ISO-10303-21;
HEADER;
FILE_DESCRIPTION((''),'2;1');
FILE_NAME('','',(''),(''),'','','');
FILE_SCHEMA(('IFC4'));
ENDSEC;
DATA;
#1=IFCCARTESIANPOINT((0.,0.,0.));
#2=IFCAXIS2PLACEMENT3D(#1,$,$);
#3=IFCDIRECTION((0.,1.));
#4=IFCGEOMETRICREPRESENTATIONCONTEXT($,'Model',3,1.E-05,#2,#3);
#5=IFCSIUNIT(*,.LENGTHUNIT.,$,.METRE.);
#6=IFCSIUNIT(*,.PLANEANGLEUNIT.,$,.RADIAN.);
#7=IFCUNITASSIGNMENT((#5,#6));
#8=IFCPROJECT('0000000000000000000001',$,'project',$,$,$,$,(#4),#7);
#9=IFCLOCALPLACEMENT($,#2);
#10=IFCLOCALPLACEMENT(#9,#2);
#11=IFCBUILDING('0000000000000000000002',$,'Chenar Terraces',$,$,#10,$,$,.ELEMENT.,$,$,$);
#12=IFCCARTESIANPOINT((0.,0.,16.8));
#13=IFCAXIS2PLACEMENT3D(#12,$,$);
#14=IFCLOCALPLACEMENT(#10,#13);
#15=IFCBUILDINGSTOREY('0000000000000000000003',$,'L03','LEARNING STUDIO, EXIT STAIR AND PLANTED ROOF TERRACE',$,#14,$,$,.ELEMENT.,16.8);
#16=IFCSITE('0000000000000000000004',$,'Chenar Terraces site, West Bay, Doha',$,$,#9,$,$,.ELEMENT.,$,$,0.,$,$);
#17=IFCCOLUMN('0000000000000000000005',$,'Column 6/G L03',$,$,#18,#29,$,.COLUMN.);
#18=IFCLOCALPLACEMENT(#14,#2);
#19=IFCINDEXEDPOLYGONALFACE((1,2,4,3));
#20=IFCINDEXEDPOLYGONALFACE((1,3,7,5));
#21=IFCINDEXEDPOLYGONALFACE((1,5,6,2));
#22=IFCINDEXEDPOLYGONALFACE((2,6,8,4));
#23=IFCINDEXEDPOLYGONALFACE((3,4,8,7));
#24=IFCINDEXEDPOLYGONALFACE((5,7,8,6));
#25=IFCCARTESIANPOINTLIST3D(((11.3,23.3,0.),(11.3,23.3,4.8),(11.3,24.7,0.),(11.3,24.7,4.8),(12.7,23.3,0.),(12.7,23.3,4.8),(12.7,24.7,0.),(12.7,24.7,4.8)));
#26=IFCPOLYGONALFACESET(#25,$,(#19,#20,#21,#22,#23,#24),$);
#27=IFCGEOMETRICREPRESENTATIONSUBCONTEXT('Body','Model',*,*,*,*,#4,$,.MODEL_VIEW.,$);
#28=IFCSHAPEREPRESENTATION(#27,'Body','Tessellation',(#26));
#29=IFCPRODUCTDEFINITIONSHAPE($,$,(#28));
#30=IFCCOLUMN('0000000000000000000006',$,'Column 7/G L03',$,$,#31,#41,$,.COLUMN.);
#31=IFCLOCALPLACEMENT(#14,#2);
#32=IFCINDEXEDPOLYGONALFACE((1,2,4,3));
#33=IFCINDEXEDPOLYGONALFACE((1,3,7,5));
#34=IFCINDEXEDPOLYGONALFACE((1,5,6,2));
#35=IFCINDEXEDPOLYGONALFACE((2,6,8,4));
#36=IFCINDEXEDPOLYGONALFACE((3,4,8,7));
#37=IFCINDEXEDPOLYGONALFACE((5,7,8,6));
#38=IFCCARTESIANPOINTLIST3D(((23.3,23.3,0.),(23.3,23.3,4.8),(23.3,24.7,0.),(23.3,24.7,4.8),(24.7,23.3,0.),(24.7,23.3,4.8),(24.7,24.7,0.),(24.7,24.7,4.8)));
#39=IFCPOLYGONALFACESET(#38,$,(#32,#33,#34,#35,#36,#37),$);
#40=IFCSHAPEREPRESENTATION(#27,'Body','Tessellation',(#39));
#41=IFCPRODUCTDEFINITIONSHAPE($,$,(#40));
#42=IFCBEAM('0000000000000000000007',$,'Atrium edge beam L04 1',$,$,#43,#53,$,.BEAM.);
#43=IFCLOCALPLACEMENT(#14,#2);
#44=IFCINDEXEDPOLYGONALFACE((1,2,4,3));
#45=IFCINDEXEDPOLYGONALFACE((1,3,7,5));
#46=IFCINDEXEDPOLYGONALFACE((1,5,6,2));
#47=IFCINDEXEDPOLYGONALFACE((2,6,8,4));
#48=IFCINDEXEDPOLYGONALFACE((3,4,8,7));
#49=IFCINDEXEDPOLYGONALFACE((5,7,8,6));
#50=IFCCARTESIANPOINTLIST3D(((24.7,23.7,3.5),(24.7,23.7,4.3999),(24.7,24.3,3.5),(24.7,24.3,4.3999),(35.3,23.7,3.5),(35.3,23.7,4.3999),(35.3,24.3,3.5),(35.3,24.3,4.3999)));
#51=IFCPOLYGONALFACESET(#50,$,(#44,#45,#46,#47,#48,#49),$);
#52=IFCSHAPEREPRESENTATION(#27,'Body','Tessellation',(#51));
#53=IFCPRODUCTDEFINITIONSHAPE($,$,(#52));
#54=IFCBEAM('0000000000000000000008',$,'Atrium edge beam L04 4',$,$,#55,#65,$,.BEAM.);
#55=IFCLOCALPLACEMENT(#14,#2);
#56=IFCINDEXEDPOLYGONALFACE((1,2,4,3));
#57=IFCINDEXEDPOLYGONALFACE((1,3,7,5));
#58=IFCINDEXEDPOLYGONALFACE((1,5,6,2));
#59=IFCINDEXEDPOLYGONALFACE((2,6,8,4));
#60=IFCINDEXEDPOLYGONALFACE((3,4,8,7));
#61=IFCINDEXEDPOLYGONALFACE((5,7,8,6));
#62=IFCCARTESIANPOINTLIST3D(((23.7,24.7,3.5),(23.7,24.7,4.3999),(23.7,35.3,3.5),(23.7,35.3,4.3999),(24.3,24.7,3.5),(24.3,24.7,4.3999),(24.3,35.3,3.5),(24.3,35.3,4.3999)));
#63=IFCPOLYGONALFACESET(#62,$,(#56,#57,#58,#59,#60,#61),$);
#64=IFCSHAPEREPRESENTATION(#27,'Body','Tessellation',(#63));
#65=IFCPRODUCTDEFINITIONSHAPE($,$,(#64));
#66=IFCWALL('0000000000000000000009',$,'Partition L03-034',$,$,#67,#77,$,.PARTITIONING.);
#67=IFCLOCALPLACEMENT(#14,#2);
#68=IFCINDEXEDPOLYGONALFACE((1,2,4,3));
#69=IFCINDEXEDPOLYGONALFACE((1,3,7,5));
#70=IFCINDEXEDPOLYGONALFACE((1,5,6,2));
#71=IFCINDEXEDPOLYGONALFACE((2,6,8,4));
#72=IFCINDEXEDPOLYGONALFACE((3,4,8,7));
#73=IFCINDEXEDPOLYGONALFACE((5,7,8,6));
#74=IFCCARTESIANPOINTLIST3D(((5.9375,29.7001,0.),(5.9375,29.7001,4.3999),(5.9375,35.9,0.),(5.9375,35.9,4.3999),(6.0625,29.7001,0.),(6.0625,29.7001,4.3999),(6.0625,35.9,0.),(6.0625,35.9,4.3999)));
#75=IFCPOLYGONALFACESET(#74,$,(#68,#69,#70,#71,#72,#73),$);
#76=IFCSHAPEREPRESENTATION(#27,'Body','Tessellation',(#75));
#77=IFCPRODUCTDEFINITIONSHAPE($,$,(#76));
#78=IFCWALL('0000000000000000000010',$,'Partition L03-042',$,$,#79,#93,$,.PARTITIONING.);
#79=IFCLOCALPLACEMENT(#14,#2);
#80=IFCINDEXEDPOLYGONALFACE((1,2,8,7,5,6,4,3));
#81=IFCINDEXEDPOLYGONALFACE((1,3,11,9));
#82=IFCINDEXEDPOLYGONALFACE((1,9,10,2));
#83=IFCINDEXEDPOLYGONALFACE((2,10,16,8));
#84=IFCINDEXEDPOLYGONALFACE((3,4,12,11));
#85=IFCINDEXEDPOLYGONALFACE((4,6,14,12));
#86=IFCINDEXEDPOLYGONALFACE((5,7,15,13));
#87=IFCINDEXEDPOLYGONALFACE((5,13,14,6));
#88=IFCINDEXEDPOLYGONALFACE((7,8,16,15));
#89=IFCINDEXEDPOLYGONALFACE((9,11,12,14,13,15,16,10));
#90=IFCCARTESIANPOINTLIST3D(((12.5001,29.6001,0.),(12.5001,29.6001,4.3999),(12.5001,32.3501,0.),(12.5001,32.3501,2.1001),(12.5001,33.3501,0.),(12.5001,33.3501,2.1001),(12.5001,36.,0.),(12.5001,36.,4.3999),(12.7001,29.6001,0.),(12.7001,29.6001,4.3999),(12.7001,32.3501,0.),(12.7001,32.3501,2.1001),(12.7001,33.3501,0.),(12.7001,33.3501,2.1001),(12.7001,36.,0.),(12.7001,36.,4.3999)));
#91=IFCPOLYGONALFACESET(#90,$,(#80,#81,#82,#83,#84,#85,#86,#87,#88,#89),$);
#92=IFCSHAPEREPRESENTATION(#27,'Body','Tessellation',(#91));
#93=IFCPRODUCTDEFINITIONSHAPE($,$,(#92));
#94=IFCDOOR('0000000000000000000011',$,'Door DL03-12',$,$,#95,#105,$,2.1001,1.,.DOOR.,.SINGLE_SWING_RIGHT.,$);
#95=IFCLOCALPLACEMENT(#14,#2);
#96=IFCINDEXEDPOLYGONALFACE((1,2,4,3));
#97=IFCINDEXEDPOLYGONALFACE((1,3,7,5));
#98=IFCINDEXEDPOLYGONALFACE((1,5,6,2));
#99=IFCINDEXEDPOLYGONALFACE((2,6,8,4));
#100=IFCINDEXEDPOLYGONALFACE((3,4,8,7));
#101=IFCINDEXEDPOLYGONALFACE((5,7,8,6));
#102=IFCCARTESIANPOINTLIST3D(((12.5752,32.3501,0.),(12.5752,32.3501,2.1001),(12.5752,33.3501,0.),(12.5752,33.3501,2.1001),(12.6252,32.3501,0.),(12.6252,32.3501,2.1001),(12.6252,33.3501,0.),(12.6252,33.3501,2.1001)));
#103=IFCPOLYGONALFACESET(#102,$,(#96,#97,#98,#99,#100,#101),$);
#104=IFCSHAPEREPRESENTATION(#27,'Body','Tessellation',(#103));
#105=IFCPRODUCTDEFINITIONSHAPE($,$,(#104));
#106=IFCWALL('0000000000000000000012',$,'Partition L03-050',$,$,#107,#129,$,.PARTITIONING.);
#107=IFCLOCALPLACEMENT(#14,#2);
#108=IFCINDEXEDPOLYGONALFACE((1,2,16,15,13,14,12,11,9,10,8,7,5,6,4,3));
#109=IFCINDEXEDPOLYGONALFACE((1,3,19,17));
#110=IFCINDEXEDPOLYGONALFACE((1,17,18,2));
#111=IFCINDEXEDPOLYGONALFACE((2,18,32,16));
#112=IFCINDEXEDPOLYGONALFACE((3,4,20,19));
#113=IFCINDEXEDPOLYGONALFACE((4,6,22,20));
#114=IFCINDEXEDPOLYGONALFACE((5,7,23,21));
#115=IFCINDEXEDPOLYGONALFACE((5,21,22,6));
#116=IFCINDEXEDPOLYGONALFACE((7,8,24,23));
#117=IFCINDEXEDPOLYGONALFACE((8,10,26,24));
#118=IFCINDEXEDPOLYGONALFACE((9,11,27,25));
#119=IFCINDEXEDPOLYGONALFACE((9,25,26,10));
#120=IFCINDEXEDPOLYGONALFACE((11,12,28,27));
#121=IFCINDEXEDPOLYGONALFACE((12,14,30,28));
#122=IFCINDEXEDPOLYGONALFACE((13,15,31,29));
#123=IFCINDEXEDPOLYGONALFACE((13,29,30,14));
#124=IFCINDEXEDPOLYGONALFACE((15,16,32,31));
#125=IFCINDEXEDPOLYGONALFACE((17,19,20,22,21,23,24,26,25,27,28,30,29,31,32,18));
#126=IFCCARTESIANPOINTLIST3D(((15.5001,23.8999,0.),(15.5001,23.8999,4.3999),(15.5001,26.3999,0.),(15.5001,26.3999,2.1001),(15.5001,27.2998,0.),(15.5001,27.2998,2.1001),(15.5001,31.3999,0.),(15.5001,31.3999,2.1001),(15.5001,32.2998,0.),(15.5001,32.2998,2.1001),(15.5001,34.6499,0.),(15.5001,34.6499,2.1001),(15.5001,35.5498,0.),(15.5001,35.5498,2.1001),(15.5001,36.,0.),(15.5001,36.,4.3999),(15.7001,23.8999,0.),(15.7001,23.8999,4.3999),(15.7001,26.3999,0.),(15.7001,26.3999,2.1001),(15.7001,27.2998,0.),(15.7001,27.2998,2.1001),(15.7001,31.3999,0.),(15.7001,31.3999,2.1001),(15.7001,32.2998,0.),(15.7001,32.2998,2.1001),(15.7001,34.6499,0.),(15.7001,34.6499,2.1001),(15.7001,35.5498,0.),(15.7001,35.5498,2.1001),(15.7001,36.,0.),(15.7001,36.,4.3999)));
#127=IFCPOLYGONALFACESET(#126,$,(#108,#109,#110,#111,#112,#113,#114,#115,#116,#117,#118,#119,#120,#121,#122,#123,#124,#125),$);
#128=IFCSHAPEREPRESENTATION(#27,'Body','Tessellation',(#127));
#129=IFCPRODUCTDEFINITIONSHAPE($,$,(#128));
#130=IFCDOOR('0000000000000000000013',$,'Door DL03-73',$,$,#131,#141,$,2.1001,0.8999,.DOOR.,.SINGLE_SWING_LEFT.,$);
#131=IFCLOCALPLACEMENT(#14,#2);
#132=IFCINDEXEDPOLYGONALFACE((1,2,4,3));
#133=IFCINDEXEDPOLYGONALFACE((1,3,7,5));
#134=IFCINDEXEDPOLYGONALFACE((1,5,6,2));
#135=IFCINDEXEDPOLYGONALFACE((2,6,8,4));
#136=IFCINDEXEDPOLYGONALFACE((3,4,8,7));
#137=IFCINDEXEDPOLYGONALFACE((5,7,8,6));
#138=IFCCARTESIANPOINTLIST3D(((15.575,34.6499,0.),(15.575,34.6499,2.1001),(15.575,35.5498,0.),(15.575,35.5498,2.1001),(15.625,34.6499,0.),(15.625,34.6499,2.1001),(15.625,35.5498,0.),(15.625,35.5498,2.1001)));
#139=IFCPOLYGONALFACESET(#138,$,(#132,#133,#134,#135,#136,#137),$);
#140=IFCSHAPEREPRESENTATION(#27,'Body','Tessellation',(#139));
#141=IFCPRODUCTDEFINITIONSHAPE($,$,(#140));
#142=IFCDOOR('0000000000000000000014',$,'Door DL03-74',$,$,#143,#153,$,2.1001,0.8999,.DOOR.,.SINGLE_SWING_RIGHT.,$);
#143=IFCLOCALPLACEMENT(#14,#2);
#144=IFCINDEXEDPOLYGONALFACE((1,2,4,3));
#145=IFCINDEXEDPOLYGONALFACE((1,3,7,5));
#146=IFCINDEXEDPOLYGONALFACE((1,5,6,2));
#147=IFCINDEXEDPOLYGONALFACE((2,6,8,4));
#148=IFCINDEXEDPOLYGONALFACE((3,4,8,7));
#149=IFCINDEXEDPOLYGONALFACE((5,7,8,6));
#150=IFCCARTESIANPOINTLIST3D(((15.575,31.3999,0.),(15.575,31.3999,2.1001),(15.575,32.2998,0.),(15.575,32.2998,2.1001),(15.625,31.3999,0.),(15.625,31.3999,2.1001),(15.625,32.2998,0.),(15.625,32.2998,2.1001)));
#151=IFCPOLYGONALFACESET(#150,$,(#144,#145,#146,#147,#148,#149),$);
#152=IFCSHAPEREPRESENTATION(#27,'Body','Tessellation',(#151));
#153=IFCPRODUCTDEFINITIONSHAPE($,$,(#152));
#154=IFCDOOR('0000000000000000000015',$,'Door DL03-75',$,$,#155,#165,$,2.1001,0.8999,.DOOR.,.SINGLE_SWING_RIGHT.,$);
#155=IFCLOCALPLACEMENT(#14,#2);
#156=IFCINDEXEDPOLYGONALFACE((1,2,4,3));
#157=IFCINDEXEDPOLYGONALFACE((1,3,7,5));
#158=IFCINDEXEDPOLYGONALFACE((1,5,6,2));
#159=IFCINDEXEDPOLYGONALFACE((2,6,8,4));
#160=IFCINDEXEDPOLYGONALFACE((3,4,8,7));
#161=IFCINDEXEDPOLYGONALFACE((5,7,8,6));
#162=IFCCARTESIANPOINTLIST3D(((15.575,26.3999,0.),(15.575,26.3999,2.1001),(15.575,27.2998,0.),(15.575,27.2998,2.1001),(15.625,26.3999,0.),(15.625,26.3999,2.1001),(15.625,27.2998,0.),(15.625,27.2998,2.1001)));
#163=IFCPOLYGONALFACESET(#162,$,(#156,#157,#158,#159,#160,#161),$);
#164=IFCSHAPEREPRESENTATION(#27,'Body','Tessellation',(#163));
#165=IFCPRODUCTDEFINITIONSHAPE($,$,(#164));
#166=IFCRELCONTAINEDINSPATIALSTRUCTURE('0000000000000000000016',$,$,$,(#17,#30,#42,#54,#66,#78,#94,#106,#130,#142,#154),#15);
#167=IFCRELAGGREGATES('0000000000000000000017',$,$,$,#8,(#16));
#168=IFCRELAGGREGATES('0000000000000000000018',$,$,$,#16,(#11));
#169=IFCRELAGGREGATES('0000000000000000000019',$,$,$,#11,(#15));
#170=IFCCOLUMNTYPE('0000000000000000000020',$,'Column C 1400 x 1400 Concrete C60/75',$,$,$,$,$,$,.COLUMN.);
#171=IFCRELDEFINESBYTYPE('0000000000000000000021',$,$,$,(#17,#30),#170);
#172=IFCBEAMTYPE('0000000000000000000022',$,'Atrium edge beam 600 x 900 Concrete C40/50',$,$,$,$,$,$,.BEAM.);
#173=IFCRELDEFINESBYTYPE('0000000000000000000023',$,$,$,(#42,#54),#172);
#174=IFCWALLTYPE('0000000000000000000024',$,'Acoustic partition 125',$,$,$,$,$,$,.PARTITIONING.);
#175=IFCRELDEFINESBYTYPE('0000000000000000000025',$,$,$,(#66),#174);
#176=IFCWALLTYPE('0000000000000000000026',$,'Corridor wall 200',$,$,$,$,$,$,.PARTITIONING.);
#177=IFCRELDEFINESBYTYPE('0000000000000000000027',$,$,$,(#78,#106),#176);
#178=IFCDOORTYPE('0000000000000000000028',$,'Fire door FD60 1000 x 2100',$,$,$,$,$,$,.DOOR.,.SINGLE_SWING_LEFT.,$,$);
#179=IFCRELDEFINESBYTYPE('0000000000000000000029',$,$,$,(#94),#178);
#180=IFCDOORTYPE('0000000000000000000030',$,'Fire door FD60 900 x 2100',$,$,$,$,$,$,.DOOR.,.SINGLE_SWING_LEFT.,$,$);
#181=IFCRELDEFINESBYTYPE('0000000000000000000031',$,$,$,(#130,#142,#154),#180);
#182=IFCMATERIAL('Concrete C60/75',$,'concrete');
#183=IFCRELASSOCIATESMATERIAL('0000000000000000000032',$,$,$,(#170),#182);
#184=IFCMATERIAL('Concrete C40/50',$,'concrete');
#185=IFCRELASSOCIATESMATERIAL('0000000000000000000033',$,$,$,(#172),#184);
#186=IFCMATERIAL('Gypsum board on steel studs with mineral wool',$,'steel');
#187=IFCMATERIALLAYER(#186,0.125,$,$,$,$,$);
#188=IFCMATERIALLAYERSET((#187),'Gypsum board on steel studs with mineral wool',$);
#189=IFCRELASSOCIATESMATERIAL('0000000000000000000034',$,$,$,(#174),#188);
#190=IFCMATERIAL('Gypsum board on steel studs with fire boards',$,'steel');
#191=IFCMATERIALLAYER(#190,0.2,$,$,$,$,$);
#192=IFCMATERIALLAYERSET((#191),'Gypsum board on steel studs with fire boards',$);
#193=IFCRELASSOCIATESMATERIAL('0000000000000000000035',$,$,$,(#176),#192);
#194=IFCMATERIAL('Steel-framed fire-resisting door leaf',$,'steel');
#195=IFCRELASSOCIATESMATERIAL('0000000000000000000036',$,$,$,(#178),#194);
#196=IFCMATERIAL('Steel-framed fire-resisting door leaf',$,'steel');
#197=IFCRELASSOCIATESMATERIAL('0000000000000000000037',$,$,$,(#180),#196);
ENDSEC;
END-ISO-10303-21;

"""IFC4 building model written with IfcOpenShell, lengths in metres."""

from ifc_helpers import new_model, si_unit, direction, frame, frame_2d, origin, origin_2d, place, context, subcontext, project, spatial, rectangle, extrude, material, layer, layer_set, material_profile, profile_set, type_object, element, fill, save


model = new_model("IFC4")

# Units and contexts
model_context = context("Model", 3, precision=1e-05, world=origin(), true_north=direction((0.0, 1.0)))
body_context = subcontext(model_context, "Body", "Model", "MODEL_VIEW")
ifc_project = project(units=[si_unit("LENGTHUNIT", "METRE"), si_unit("PLANEANGLEUNIT", "RADIAN")], contexts=[model_context])

# Site, building, storey
site_placement = place(None, origin())
site = spatial("IfcSite", under=ifc_project, at=site_placement, Name="Chenar Terraces site, West Bay, Doha", CompositionType="ELEMENT", RefElevation=0.0)
building_placement = place(site_placement, origin())
building = spatial("IfcBuilding", under=site, at=building_placement, Name="Chenar Terraces", CompositionType="ELEMENT")
storey_placement = place(building_placement, frame((0.0, 0.0, 16.8)))
storey = spatial("IfcBuildingStorey", under=building, at=storey_placement, Name="L03", Description="LEARNING STUDIO, EXIT STAIR AND PLANTED ROOF TERRACE", CompositionType="ELEMENT", Elevation=16.8)

# Columns
ifc_material_1 = material(Name="Concrete C60/75", Category="concrete")
ifc_material_profile_1 = material_profile(ifc_material_1, rectangle(XDim=1.3999, YDim=1.3999, at=origin_2d()), Name="C 1400 x 1400")
ifc_profile_set_1 = profile_set([ifc_material_profile_1], Name="Concrete C60/75")
column_type = type_object("IfcColumnType", Name="Column C 1400 x 1400 Concrete C60/75", PredefinedType="COLUMN", material=ifc_profile_set_1)
for number, where, z_axis, x_axis, name in (
    (1, (12.0, 24.0, 0.0), (0.0, 0.0, 1.0), (1.0, 0.0, 0.0), "Column 6/G L03"),
    (2, (24.0, 24.0, 0.0), (0.0, 0.0, 1.0), (1.0, 0.0, 0.0), "Column 7/G L03"),
):
    element("IfcColumn", number, at=place(storey_placement, frame(where, z_axis=z_axis, x_axis=x_axis)), inside=storey, type_object=column_type, Name=name, PredefinedType="COLUMN", context=body_context, shape_type="SweptSolid", body=[
        extrude(rectangle(XDim=1.3999, YDim=1.3999, at=origin_2d()), origin(), (0.0, 0.0, 1.0), 4.8),
    ])

# Beams
ifc_material_2 = material(Name="Concrete C40/50", Category="concrete")
ifc_material_profile_2 = material_profile(ifc_material_2, rectangle(XDim=0.6001, YDim=0.8999, at=origin_2d()), Name="RC 600 x 900")
ifc_profile_set_2 = profile_set([ifc_material_profile_2], Name="Concrete C40/50")
beam_type = type_object("IfcBeamType", Name="Atrium edge beam 600 x 900 Concrete C40/50", PredefinedType="BEAM", material=ifc_profile_set_2)
for number, where, z_axis, x_axis, name in (
    (3, (24.7, 24.0, 3.95), (1.0, 0.0, 0.0), (0.0, 1.0, 0.0), "Atrium edge beam L04 1"),
    (4, (24.0, 35.3, 3.95), (0.0, -1.0, 0.0), (1.0, 0.0, 0.0), "Atrium edge beam L04 4"),
):
    element("IfcBeam", number, at=place(storey_placement, frame(where, z_axis=z_axis, x_axis=x_axis)), inside=storey, type_object=beam_type, Name=name, PredefinedType="BEAM", context=body_context, shape_type="SweptSolid", body=[
        extrude(rectangle(XDim=0.6001, YDim=0.8999, at=origin_2d()), origin(), (0.0, 0.0, 1.0), 10.6001),
    ])

# Wall
ifc_material_3 = material(Name="Gypsum board on steel studs with mineral wool", Category="steel")
ifc_layer_1 = layer(ifc_material_3, 0.125)
ifc_layer_set_1 = layer_set([ifc_layer_1], Name="Gypsum board on steel studs with mineral wool")
wall_type_1 = type_object("IfcWallType", Name="Acoustic partition 125", PredefinedType="PARTITIONING", material=ifc_layer_set_1)
wall_1_placement = place(storey_placement, frame((6.0, 29.7, 0.0), z_axis=(0.0, 0.0, 1.0), x_axis=(0.0, 1.0, 0.0)))
element("IfcWall", 5, at=wall_1_placement, inside=storey, type_object=wall_type_1, Name="Partition L03-034", PredefinedType="PARTITIONING", context=body_context, shape_type="SweptSolid", body=[
    extrude(rectangle(XDim=6.2, YDim=0.125, at=frame_2d((3.1001, 0.0))), origin(), (0.0, 0.0, 1.0), 4.3999),
])

# Wall, opening, door
ifc_material_4 = material(Name="Gypsum board on steel studs with fire boards", Category="steel")
ifc_layer_2 = layer(ifc_material_4, 0.2)
ifc_layer_set_2 = layer_set([ifc_layer_2], Name="Gypsum board on steel studs with fire boards")
wall_type_2 = type_object("IfcWallType", Name="Corridor wall 200", PredefinedType="PARTITIONING", material=ifc_layer_set_2)
wall_2_placement = place(storey_placement, frame((12.6001, 29.6001, 0.0), z_axis=(0.0, 0.0, 1.0), x_axis=(0.0, 1.0, 0.0)))
wall_2 = element("IfcWall", 6, at=wall_2_placement, inside=storey, type_object=wall_type_2, Name="Partition L03-042", PredefinedType="PARTITIONING", context=body_context, shape_type="SweptSolid", body=[
    extrude(rectangle(XDim=6.3999, YDim=0.2, at=frame_2d((3.2, 0.0))), origin(), (0.0, 0.0, 1.0), 4.3999),
])
opening_1_placement = place(wall_2_placement, frame((2.75, 0.0, 0.0)))
opening_1 = element("IfcOpeningElement", 7, at=opening_1_placement, cuts=wall_2, PredefinedType="OPENING", context=body_context, shape_type="SweptSolid", body=[
    extrude(rectangle(XDim=1.0, YDim=2.1001, at=frame_2d((0.5, 1.05))), frame((0.0, 0.1099, 0.0), z_axis=(0.0, -1.0, 0.0), x_axis=(1.0, 0.0, 0.0)), (0.0, 0.0, 1.0), 0.22),
])
ifc_material_5 = material(Name="Steel-framed fire-resisting door leaf", Category="steel")
door_type_1 = type_object("IfcDoorType", Name="Fire door FD60 1000 x 2100", OperationType="SINGLE_SWING_LEFT", PredefinedType="DOOR", material=ifc_material_5)
door_1_placement = place(opening_1_placement, origin())
door_1 = element("IfcDoor", 8, at=door_1_placement, inside=storey, type_object=door_type_1, Name="Door DL03-12", OperationType="SINGLE_SWING_RIGHT", OverallHeight=2.1001, OverallWidth=1.0, PredefinedType="DOOR", context=body_context, shape_type="SweptSolid", body=[
    extrude(rectangle(XDim=1.0, YDim=2.1001, at=frame_2d((0.5, 1.05))), frame((0.0, 0.0249, 0.0), z_axis=(0.0, -1.0, 0.0), x_axis=(1.0, 0.0, 0.0)), (0.0, 0.0, 1.0), 0.05),
])
fill(opening_1, door_1)

# Wall, openings, doors
wall_3_placement = place(storey_placement, frame((15.6001, 23.8999, 0.0), z_axis=(0.0, 0.0, 1.0), x_axis=(0.0, 1.0, 0.0)))
wall_3 = element("IfcWall", 9, at=wall_3_placement, inside=storey, type_object=wall_type_2, Name="Partition L03-050", PredefinedType="PARTITIONING", context=body_context, shape_type="SweptSolid", body=[
    extrude(rectangle(XDim=12.1001, YDim=0.2, at=frame_2d((6.05, 0.0))), origin(), (0.0, 0.0, 1.0), 4.3999),
])
opening_2_placement = place(wall_3_placement, frame((10.75, 0.0, 0.0)))
opening_2 = element("IfcOpeningElement", 10, at=opening_2_placement, cuts=wall_3, PredefinedType="OPENING", context=body_context, shape_type="SweptSolid", body=[
    extrude(rectangle(XDim=0.8999, YDim=2.1001, at=frame_2d((0.45, 1.05))), frame((0.0, 0.1099, 0.0), z_axis=(0.0, -1.0, 0.0), x_axis=(1.0, 0.0, 0.0)), (0.0, 0.0, 1.0), 0.22),
])
opening_3_placement = place(wall_3_placement, frame((7.5, 0.0, 0.0)))
opening_3 = element("IfcOpeningElement", 11, at=opening_3_placement, cuts=wall_3, PredefinedType="OPENING", context=body_context, shape_type="SweptSolid", body=[
    extrude(rectangle(XDim=0.8999, YDim=2.1001, at=frame_2d((0.45, 1.05))), frame((0.0, 0.1099, 0.0), z_axis=(0.0, -1.0, 0.0), x_axis=(1.0, 0.0, 0.0)), (0.0, 0.0, 1.0), 0.22),
])
opening_4_placement = place(wall_3_placement, frame((2.5, 0.0, 0.0)))
opening_4 = element("IfcOpeningElement", 12, at=opening_4_placement, cuts=wall_3, PredefinedType="OPENING", context=body_context, shape_type="SweptSolid", body=[
    extrude(rectangle(XDim=0.8999, YDim=2.1001, at=frame_2d((0.45, 1.05))), frame((0.0, 0.1099, 0.0), z_axis=(0.0, -1.0, 0.0), x_axis=(1.0, 0.0, 0.0)), (0.0, 0.0, 1.0), 0.22),
])
ifc_material_6 = material(Name="Steel-framed fire-resisting door leaf", Category="steel")
door_type_2 = type_object("IfcDoorType", Name="Fire door FD60 900 x 2100", OperationType="SINGLE_SWING_LEFT", PredefinedType="DOOR", material=ifc_material_6)
door_2_placement = place(opening_2_placement, frame((0.8999, 0.0, 0.0), z_axis=(0.0, 0.0, 1.0), x_axis=(-1.0, 0.0, 0.0)))
door_2 = element("IfcDoor", 13, at=door_2_placement, inside=storey, type_object=door_type_2, Name="Door DL03-73", OperationType="SINGLE_SWING_LEFT", OverallHeight=2.1001, OverallWidth=0.8999, PredefinedType="DOOR", context=body_context, shape_type="SweptSolid", body=[
    extrude(rectangle(XDim=0.8999, YDim=2.1001, at=frame_2d((0.45, 1.05))), frame((0.0, 0.0249, 0.0), z_axis=(0.0, -1.0, 0.0), x_axis=(1.0, 0.0, 0.0)), (0.0, 0.0, 1.0), 0.05),
])
fill(opening_2, door_2)
door_3_placement = place(opening_3_placement, frame((0.8999, 0.0, 0.0), z_axis=(0.0, 0.0, 1.0), x_axis=(-1.0, 0.0, 0.0)))
door_3 = element("IfcDoor", 14, at=door_3_placement, inside=storey, type_object=door_type_2, Name="Door DL03-74", OperationType="SINGLE_SWING_RIGHT", OverallHeight=2.1001, OverallWidth=0.8999, PredefinedType="DOOR", context=body_context, shape_type="SweptSolid", body=[
    extrude(rectangle(XDim=0.8999, YDim=2.1001, at=frame_2d((0.45, 1.05))), frame((0.0, 0.0249, 0.0), z_axis=(0.0, -1.0, 0.0), x_axis=(1.0, 0.0, 0.0)), (0.0, 0.0, 1.0), 0.05),
])
fill(opening_3, door_3)
door_4_placement = place(opening_4_placement, frame((0.8999, 0.0, 0.0), z_axis=(0.0, 0.0, 1.0), x_axis=(-1.0, 0.0, 0.0)))
door_4 = element("IfcDoor", 15, at=door_4_placement, inside=storey, type_object=door_type_2, Name="Door DL03-75", OperationType="SINGLE_SWING_RIGHT", OverallHeight=2.1001, OverallWidth=0.8999, PredefinedType="DOOR", context=body_context, shape_type="SweptSolid", body=[
    extrude(rectangle(XDim=0.8999, YDim=2.1001, at=frame_2d((0.45, 1.05))), frame((0.0, 0.0249, 0.0), z_axis=(0.0, -1.0, 0.0), x_axis=(1.0, 0.0, 0.0)), (0.0, 0.0, 1.0), 0.05),
])
fill(opening_4, door_4)

save(model, "model.ifc")
